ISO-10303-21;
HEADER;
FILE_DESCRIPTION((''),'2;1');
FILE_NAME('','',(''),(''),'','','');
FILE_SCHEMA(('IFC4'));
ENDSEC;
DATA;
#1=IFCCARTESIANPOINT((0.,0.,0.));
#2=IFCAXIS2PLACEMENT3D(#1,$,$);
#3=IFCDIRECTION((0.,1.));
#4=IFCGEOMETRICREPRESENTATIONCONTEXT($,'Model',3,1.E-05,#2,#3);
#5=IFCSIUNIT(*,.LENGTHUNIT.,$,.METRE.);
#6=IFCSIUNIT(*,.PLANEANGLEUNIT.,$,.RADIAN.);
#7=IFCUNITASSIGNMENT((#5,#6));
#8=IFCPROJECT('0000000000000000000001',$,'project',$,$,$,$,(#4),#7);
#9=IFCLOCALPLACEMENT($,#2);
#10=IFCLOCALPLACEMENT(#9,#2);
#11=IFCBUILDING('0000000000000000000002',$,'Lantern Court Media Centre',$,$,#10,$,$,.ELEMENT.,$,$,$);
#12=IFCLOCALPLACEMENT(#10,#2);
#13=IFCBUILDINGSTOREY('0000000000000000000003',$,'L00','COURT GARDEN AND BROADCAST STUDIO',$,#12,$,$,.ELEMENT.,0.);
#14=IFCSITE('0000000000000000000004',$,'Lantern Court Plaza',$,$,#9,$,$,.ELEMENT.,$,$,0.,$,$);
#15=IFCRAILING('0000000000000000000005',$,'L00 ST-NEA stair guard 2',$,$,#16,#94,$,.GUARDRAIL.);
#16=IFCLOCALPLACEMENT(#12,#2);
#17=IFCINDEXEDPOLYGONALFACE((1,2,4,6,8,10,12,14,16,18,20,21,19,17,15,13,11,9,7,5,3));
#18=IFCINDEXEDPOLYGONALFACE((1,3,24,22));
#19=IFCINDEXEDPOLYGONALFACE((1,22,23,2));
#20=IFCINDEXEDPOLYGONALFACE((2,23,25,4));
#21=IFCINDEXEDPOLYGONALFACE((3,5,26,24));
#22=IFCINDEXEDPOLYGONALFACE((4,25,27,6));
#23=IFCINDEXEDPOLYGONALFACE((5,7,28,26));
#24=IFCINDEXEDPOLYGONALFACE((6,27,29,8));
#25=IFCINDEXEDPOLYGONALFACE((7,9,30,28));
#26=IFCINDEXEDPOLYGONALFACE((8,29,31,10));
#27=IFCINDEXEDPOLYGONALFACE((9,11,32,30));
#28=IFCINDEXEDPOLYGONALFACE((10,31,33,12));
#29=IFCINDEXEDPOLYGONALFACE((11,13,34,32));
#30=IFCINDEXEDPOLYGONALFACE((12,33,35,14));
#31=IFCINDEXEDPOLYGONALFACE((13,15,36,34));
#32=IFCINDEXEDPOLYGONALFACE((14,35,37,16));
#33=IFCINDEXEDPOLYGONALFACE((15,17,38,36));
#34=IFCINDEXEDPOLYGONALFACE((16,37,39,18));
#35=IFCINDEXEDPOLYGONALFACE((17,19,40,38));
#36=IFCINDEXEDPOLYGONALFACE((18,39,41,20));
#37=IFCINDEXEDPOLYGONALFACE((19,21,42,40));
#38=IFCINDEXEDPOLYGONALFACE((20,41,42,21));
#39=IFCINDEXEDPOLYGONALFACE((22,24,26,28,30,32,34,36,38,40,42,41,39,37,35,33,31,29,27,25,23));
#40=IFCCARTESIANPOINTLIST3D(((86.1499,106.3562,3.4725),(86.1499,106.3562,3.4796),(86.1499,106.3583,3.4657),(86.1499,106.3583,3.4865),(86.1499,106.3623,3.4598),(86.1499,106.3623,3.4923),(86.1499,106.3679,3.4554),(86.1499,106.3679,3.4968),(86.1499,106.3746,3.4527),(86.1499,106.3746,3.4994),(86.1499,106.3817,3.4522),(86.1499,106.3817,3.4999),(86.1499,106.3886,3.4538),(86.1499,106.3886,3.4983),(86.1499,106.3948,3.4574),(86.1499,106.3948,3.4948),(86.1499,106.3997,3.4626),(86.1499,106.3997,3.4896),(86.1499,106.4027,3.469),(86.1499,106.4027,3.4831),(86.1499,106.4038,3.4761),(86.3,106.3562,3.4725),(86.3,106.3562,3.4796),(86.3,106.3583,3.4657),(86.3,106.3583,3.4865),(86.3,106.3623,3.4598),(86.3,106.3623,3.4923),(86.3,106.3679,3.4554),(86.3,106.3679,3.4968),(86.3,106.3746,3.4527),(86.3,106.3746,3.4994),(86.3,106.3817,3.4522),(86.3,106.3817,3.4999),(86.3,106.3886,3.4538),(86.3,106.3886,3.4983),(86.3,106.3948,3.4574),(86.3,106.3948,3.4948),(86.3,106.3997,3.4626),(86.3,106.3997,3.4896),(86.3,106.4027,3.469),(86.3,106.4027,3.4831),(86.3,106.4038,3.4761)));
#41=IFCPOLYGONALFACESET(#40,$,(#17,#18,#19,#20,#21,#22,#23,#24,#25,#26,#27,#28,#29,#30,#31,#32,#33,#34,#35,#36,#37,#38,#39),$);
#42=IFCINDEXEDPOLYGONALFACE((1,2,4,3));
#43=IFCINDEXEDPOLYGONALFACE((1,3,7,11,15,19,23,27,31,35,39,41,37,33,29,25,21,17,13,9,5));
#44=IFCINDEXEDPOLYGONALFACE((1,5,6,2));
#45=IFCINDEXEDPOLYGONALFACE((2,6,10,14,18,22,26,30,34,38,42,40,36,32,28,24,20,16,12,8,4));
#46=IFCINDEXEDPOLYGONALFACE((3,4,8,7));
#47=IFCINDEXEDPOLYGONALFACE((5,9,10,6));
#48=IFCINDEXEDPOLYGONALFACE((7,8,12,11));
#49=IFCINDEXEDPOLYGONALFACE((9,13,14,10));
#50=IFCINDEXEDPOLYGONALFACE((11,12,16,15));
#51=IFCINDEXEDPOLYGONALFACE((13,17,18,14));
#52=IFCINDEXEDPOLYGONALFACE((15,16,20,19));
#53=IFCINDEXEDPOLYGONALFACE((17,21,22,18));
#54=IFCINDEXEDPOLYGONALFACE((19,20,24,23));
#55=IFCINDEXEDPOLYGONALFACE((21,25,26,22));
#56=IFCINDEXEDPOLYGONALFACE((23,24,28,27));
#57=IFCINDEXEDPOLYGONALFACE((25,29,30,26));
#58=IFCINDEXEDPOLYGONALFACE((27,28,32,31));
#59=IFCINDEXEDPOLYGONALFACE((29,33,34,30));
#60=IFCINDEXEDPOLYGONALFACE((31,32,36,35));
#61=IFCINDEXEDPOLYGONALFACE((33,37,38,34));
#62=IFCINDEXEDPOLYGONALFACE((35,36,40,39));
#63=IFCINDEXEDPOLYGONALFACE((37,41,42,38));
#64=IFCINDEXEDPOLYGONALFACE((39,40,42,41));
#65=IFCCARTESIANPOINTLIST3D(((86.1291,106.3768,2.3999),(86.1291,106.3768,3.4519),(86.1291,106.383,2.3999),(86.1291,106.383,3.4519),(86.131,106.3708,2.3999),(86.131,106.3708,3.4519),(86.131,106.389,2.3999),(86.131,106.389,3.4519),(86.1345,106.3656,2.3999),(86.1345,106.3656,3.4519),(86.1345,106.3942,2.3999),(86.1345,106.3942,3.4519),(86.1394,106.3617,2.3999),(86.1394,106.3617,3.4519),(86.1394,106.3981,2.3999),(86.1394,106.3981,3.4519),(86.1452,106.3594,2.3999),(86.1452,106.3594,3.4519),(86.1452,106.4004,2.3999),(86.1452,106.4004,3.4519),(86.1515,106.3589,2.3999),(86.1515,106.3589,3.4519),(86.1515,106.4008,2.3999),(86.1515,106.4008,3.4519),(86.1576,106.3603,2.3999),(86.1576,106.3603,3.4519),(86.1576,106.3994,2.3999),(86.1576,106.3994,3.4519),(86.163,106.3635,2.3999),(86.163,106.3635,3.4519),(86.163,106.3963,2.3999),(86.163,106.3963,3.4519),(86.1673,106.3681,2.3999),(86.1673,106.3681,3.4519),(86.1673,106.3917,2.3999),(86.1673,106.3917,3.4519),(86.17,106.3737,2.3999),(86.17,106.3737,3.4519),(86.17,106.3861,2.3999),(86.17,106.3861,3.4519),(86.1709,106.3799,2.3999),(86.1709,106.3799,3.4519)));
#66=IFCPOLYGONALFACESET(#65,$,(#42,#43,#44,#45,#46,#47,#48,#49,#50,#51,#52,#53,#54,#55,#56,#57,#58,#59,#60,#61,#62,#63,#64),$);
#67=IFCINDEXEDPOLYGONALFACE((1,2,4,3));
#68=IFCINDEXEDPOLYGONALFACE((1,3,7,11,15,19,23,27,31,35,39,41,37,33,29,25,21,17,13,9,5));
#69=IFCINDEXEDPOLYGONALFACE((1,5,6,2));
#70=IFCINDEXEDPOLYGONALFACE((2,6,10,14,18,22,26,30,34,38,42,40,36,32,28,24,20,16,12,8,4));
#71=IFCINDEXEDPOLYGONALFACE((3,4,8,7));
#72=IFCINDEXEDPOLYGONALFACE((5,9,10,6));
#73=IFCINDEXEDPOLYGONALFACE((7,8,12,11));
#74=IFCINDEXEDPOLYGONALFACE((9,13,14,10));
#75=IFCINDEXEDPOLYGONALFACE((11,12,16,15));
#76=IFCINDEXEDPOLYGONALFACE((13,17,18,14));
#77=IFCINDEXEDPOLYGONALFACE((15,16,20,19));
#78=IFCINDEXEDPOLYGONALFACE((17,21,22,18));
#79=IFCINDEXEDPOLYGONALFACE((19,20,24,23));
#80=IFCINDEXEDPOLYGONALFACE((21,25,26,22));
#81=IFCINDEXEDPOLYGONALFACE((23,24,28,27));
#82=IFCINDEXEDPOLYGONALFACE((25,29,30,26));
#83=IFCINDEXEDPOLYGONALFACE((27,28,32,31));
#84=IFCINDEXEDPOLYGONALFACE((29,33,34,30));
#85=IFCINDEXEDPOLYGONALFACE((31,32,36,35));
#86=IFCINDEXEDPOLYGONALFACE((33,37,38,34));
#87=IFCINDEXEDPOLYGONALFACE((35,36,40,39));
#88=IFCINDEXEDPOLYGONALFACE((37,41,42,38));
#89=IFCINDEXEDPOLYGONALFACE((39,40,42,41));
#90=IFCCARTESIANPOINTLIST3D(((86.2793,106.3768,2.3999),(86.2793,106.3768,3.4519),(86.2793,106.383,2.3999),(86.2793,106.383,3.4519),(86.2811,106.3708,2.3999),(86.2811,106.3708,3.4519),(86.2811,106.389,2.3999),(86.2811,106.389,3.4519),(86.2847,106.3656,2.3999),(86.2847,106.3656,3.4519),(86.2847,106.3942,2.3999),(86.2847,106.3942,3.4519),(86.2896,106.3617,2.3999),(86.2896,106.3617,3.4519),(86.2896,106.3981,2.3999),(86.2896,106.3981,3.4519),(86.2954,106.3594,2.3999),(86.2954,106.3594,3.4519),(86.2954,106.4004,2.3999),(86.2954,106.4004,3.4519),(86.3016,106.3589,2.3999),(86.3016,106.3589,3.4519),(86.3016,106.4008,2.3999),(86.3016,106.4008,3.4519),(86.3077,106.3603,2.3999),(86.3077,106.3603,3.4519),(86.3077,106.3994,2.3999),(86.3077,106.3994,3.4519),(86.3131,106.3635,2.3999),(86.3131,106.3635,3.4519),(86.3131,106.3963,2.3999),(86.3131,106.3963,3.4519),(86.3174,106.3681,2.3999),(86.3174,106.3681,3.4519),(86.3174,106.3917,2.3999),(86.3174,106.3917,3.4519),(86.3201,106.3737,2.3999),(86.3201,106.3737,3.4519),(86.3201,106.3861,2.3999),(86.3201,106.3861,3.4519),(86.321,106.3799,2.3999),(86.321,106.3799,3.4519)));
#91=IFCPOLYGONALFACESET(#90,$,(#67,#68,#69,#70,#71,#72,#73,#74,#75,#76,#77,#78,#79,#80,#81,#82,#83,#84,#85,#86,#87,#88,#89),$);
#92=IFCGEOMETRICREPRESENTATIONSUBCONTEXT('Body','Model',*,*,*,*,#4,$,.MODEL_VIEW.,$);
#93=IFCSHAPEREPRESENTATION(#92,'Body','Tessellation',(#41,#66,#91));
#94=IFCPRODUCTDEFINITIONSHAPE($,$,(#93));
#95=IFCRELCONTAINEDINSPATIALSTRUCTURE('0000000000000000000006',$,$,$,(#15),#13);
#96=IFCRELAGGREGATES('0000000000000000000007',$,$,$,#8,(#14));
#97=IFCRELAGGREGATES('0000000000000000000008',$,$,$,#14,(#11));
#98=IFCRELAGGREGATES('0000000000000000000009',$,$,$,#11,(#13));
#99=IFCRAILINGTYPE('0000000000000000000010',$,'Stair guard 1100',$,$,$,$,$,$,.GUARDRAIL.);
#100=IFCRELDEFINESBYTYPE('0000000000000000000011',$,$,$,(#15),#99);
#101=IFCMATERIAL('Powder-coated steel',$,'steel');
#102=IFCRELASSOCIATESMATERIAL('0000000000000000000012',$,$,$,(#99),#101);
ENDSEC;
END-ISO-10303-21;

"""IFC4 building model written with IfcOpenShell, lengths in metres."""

from ifc_helpers import new_model, si_unit, direction, frame, origin, origin_2d, place, context, subcontext, project, spatial, circle, extrude, material, type_object, element, save


model = new_model("IFC4")

# Units and contexts
model_context = context("Model", 3, precision=1e-05, world=origin(), true_north=direction((0.0, 1.0)))
body_context = subcontext(model_context, "Body", "Model", "MODEL_VIEW")
ifc_project = project(units=[si_unit("LENGTHUNIT", "METRE"), si_unit("PLANEANGLEUNIT", "RADIAN")], contexts=[model_context])

# Site, building, storey
site_placement = place(None, origin())
site = spatial("IfcSite", under=ifc_project, at=site_placement, Name="Lantern Court Plaza", CompositionType="ELEMENT", RefElevation=0.0)
building_placement = place(site_placement, origin())
building = spatial("IfcBuilding", under=site, at=building_placement, Name="Lantern Court Media Centre", CompositionType="ELEMENT")
storey_placement = place(building_placement, origin())
storey = spatial("IfcBuildingStorey", under=building, at=storey_placement, Name="L00", Description="COURT GARDEN AND BROADCAST STUDIO", CompositionType="ELEMENT", Elevation=0.0)

# Railing
ifc_material_1 = material(Name="Powder-coated steel", Category="steel")
railing_type_1 = type_object("IfcRailingType", Name="Stair guard 1100", PredefinedType="GUARDRAIL", material=ifc_material_1)
railing_1_placement = place(storey_placement, frame((86.1499, 106.3799, 2.3999)))
element("IfcRailing", 1, at=railing_1_placement, inside=storey, type_object=railing_type_1, Name="L00 ST-NEA stair guard 2", PredefinedType="GUARDRAIL", context=body_context, shape_type="SweptSolid", body=[
    extrude(circle(Radius=0.0239, at=origin_2d()), frame((0.0, 0.0, 1.0762), z_axis=(1.0, 0.0, 0.0), x_axis=(0.0, 1.0, 0.0)), (0.0, 0.0, 1.0), 0.1501),
    extrude(circle(Radius=0.021, at=origin_2d()), origin(), (0.0, 0.0, 1.0), 1.052),
    extrude(circle(Radius=0.021, at=origin_2d()), frame((0.1501, 0.0, 0.0)), (0.0, 0.0, 1.0), 1.052),
])

save(model, "model.ifc")
